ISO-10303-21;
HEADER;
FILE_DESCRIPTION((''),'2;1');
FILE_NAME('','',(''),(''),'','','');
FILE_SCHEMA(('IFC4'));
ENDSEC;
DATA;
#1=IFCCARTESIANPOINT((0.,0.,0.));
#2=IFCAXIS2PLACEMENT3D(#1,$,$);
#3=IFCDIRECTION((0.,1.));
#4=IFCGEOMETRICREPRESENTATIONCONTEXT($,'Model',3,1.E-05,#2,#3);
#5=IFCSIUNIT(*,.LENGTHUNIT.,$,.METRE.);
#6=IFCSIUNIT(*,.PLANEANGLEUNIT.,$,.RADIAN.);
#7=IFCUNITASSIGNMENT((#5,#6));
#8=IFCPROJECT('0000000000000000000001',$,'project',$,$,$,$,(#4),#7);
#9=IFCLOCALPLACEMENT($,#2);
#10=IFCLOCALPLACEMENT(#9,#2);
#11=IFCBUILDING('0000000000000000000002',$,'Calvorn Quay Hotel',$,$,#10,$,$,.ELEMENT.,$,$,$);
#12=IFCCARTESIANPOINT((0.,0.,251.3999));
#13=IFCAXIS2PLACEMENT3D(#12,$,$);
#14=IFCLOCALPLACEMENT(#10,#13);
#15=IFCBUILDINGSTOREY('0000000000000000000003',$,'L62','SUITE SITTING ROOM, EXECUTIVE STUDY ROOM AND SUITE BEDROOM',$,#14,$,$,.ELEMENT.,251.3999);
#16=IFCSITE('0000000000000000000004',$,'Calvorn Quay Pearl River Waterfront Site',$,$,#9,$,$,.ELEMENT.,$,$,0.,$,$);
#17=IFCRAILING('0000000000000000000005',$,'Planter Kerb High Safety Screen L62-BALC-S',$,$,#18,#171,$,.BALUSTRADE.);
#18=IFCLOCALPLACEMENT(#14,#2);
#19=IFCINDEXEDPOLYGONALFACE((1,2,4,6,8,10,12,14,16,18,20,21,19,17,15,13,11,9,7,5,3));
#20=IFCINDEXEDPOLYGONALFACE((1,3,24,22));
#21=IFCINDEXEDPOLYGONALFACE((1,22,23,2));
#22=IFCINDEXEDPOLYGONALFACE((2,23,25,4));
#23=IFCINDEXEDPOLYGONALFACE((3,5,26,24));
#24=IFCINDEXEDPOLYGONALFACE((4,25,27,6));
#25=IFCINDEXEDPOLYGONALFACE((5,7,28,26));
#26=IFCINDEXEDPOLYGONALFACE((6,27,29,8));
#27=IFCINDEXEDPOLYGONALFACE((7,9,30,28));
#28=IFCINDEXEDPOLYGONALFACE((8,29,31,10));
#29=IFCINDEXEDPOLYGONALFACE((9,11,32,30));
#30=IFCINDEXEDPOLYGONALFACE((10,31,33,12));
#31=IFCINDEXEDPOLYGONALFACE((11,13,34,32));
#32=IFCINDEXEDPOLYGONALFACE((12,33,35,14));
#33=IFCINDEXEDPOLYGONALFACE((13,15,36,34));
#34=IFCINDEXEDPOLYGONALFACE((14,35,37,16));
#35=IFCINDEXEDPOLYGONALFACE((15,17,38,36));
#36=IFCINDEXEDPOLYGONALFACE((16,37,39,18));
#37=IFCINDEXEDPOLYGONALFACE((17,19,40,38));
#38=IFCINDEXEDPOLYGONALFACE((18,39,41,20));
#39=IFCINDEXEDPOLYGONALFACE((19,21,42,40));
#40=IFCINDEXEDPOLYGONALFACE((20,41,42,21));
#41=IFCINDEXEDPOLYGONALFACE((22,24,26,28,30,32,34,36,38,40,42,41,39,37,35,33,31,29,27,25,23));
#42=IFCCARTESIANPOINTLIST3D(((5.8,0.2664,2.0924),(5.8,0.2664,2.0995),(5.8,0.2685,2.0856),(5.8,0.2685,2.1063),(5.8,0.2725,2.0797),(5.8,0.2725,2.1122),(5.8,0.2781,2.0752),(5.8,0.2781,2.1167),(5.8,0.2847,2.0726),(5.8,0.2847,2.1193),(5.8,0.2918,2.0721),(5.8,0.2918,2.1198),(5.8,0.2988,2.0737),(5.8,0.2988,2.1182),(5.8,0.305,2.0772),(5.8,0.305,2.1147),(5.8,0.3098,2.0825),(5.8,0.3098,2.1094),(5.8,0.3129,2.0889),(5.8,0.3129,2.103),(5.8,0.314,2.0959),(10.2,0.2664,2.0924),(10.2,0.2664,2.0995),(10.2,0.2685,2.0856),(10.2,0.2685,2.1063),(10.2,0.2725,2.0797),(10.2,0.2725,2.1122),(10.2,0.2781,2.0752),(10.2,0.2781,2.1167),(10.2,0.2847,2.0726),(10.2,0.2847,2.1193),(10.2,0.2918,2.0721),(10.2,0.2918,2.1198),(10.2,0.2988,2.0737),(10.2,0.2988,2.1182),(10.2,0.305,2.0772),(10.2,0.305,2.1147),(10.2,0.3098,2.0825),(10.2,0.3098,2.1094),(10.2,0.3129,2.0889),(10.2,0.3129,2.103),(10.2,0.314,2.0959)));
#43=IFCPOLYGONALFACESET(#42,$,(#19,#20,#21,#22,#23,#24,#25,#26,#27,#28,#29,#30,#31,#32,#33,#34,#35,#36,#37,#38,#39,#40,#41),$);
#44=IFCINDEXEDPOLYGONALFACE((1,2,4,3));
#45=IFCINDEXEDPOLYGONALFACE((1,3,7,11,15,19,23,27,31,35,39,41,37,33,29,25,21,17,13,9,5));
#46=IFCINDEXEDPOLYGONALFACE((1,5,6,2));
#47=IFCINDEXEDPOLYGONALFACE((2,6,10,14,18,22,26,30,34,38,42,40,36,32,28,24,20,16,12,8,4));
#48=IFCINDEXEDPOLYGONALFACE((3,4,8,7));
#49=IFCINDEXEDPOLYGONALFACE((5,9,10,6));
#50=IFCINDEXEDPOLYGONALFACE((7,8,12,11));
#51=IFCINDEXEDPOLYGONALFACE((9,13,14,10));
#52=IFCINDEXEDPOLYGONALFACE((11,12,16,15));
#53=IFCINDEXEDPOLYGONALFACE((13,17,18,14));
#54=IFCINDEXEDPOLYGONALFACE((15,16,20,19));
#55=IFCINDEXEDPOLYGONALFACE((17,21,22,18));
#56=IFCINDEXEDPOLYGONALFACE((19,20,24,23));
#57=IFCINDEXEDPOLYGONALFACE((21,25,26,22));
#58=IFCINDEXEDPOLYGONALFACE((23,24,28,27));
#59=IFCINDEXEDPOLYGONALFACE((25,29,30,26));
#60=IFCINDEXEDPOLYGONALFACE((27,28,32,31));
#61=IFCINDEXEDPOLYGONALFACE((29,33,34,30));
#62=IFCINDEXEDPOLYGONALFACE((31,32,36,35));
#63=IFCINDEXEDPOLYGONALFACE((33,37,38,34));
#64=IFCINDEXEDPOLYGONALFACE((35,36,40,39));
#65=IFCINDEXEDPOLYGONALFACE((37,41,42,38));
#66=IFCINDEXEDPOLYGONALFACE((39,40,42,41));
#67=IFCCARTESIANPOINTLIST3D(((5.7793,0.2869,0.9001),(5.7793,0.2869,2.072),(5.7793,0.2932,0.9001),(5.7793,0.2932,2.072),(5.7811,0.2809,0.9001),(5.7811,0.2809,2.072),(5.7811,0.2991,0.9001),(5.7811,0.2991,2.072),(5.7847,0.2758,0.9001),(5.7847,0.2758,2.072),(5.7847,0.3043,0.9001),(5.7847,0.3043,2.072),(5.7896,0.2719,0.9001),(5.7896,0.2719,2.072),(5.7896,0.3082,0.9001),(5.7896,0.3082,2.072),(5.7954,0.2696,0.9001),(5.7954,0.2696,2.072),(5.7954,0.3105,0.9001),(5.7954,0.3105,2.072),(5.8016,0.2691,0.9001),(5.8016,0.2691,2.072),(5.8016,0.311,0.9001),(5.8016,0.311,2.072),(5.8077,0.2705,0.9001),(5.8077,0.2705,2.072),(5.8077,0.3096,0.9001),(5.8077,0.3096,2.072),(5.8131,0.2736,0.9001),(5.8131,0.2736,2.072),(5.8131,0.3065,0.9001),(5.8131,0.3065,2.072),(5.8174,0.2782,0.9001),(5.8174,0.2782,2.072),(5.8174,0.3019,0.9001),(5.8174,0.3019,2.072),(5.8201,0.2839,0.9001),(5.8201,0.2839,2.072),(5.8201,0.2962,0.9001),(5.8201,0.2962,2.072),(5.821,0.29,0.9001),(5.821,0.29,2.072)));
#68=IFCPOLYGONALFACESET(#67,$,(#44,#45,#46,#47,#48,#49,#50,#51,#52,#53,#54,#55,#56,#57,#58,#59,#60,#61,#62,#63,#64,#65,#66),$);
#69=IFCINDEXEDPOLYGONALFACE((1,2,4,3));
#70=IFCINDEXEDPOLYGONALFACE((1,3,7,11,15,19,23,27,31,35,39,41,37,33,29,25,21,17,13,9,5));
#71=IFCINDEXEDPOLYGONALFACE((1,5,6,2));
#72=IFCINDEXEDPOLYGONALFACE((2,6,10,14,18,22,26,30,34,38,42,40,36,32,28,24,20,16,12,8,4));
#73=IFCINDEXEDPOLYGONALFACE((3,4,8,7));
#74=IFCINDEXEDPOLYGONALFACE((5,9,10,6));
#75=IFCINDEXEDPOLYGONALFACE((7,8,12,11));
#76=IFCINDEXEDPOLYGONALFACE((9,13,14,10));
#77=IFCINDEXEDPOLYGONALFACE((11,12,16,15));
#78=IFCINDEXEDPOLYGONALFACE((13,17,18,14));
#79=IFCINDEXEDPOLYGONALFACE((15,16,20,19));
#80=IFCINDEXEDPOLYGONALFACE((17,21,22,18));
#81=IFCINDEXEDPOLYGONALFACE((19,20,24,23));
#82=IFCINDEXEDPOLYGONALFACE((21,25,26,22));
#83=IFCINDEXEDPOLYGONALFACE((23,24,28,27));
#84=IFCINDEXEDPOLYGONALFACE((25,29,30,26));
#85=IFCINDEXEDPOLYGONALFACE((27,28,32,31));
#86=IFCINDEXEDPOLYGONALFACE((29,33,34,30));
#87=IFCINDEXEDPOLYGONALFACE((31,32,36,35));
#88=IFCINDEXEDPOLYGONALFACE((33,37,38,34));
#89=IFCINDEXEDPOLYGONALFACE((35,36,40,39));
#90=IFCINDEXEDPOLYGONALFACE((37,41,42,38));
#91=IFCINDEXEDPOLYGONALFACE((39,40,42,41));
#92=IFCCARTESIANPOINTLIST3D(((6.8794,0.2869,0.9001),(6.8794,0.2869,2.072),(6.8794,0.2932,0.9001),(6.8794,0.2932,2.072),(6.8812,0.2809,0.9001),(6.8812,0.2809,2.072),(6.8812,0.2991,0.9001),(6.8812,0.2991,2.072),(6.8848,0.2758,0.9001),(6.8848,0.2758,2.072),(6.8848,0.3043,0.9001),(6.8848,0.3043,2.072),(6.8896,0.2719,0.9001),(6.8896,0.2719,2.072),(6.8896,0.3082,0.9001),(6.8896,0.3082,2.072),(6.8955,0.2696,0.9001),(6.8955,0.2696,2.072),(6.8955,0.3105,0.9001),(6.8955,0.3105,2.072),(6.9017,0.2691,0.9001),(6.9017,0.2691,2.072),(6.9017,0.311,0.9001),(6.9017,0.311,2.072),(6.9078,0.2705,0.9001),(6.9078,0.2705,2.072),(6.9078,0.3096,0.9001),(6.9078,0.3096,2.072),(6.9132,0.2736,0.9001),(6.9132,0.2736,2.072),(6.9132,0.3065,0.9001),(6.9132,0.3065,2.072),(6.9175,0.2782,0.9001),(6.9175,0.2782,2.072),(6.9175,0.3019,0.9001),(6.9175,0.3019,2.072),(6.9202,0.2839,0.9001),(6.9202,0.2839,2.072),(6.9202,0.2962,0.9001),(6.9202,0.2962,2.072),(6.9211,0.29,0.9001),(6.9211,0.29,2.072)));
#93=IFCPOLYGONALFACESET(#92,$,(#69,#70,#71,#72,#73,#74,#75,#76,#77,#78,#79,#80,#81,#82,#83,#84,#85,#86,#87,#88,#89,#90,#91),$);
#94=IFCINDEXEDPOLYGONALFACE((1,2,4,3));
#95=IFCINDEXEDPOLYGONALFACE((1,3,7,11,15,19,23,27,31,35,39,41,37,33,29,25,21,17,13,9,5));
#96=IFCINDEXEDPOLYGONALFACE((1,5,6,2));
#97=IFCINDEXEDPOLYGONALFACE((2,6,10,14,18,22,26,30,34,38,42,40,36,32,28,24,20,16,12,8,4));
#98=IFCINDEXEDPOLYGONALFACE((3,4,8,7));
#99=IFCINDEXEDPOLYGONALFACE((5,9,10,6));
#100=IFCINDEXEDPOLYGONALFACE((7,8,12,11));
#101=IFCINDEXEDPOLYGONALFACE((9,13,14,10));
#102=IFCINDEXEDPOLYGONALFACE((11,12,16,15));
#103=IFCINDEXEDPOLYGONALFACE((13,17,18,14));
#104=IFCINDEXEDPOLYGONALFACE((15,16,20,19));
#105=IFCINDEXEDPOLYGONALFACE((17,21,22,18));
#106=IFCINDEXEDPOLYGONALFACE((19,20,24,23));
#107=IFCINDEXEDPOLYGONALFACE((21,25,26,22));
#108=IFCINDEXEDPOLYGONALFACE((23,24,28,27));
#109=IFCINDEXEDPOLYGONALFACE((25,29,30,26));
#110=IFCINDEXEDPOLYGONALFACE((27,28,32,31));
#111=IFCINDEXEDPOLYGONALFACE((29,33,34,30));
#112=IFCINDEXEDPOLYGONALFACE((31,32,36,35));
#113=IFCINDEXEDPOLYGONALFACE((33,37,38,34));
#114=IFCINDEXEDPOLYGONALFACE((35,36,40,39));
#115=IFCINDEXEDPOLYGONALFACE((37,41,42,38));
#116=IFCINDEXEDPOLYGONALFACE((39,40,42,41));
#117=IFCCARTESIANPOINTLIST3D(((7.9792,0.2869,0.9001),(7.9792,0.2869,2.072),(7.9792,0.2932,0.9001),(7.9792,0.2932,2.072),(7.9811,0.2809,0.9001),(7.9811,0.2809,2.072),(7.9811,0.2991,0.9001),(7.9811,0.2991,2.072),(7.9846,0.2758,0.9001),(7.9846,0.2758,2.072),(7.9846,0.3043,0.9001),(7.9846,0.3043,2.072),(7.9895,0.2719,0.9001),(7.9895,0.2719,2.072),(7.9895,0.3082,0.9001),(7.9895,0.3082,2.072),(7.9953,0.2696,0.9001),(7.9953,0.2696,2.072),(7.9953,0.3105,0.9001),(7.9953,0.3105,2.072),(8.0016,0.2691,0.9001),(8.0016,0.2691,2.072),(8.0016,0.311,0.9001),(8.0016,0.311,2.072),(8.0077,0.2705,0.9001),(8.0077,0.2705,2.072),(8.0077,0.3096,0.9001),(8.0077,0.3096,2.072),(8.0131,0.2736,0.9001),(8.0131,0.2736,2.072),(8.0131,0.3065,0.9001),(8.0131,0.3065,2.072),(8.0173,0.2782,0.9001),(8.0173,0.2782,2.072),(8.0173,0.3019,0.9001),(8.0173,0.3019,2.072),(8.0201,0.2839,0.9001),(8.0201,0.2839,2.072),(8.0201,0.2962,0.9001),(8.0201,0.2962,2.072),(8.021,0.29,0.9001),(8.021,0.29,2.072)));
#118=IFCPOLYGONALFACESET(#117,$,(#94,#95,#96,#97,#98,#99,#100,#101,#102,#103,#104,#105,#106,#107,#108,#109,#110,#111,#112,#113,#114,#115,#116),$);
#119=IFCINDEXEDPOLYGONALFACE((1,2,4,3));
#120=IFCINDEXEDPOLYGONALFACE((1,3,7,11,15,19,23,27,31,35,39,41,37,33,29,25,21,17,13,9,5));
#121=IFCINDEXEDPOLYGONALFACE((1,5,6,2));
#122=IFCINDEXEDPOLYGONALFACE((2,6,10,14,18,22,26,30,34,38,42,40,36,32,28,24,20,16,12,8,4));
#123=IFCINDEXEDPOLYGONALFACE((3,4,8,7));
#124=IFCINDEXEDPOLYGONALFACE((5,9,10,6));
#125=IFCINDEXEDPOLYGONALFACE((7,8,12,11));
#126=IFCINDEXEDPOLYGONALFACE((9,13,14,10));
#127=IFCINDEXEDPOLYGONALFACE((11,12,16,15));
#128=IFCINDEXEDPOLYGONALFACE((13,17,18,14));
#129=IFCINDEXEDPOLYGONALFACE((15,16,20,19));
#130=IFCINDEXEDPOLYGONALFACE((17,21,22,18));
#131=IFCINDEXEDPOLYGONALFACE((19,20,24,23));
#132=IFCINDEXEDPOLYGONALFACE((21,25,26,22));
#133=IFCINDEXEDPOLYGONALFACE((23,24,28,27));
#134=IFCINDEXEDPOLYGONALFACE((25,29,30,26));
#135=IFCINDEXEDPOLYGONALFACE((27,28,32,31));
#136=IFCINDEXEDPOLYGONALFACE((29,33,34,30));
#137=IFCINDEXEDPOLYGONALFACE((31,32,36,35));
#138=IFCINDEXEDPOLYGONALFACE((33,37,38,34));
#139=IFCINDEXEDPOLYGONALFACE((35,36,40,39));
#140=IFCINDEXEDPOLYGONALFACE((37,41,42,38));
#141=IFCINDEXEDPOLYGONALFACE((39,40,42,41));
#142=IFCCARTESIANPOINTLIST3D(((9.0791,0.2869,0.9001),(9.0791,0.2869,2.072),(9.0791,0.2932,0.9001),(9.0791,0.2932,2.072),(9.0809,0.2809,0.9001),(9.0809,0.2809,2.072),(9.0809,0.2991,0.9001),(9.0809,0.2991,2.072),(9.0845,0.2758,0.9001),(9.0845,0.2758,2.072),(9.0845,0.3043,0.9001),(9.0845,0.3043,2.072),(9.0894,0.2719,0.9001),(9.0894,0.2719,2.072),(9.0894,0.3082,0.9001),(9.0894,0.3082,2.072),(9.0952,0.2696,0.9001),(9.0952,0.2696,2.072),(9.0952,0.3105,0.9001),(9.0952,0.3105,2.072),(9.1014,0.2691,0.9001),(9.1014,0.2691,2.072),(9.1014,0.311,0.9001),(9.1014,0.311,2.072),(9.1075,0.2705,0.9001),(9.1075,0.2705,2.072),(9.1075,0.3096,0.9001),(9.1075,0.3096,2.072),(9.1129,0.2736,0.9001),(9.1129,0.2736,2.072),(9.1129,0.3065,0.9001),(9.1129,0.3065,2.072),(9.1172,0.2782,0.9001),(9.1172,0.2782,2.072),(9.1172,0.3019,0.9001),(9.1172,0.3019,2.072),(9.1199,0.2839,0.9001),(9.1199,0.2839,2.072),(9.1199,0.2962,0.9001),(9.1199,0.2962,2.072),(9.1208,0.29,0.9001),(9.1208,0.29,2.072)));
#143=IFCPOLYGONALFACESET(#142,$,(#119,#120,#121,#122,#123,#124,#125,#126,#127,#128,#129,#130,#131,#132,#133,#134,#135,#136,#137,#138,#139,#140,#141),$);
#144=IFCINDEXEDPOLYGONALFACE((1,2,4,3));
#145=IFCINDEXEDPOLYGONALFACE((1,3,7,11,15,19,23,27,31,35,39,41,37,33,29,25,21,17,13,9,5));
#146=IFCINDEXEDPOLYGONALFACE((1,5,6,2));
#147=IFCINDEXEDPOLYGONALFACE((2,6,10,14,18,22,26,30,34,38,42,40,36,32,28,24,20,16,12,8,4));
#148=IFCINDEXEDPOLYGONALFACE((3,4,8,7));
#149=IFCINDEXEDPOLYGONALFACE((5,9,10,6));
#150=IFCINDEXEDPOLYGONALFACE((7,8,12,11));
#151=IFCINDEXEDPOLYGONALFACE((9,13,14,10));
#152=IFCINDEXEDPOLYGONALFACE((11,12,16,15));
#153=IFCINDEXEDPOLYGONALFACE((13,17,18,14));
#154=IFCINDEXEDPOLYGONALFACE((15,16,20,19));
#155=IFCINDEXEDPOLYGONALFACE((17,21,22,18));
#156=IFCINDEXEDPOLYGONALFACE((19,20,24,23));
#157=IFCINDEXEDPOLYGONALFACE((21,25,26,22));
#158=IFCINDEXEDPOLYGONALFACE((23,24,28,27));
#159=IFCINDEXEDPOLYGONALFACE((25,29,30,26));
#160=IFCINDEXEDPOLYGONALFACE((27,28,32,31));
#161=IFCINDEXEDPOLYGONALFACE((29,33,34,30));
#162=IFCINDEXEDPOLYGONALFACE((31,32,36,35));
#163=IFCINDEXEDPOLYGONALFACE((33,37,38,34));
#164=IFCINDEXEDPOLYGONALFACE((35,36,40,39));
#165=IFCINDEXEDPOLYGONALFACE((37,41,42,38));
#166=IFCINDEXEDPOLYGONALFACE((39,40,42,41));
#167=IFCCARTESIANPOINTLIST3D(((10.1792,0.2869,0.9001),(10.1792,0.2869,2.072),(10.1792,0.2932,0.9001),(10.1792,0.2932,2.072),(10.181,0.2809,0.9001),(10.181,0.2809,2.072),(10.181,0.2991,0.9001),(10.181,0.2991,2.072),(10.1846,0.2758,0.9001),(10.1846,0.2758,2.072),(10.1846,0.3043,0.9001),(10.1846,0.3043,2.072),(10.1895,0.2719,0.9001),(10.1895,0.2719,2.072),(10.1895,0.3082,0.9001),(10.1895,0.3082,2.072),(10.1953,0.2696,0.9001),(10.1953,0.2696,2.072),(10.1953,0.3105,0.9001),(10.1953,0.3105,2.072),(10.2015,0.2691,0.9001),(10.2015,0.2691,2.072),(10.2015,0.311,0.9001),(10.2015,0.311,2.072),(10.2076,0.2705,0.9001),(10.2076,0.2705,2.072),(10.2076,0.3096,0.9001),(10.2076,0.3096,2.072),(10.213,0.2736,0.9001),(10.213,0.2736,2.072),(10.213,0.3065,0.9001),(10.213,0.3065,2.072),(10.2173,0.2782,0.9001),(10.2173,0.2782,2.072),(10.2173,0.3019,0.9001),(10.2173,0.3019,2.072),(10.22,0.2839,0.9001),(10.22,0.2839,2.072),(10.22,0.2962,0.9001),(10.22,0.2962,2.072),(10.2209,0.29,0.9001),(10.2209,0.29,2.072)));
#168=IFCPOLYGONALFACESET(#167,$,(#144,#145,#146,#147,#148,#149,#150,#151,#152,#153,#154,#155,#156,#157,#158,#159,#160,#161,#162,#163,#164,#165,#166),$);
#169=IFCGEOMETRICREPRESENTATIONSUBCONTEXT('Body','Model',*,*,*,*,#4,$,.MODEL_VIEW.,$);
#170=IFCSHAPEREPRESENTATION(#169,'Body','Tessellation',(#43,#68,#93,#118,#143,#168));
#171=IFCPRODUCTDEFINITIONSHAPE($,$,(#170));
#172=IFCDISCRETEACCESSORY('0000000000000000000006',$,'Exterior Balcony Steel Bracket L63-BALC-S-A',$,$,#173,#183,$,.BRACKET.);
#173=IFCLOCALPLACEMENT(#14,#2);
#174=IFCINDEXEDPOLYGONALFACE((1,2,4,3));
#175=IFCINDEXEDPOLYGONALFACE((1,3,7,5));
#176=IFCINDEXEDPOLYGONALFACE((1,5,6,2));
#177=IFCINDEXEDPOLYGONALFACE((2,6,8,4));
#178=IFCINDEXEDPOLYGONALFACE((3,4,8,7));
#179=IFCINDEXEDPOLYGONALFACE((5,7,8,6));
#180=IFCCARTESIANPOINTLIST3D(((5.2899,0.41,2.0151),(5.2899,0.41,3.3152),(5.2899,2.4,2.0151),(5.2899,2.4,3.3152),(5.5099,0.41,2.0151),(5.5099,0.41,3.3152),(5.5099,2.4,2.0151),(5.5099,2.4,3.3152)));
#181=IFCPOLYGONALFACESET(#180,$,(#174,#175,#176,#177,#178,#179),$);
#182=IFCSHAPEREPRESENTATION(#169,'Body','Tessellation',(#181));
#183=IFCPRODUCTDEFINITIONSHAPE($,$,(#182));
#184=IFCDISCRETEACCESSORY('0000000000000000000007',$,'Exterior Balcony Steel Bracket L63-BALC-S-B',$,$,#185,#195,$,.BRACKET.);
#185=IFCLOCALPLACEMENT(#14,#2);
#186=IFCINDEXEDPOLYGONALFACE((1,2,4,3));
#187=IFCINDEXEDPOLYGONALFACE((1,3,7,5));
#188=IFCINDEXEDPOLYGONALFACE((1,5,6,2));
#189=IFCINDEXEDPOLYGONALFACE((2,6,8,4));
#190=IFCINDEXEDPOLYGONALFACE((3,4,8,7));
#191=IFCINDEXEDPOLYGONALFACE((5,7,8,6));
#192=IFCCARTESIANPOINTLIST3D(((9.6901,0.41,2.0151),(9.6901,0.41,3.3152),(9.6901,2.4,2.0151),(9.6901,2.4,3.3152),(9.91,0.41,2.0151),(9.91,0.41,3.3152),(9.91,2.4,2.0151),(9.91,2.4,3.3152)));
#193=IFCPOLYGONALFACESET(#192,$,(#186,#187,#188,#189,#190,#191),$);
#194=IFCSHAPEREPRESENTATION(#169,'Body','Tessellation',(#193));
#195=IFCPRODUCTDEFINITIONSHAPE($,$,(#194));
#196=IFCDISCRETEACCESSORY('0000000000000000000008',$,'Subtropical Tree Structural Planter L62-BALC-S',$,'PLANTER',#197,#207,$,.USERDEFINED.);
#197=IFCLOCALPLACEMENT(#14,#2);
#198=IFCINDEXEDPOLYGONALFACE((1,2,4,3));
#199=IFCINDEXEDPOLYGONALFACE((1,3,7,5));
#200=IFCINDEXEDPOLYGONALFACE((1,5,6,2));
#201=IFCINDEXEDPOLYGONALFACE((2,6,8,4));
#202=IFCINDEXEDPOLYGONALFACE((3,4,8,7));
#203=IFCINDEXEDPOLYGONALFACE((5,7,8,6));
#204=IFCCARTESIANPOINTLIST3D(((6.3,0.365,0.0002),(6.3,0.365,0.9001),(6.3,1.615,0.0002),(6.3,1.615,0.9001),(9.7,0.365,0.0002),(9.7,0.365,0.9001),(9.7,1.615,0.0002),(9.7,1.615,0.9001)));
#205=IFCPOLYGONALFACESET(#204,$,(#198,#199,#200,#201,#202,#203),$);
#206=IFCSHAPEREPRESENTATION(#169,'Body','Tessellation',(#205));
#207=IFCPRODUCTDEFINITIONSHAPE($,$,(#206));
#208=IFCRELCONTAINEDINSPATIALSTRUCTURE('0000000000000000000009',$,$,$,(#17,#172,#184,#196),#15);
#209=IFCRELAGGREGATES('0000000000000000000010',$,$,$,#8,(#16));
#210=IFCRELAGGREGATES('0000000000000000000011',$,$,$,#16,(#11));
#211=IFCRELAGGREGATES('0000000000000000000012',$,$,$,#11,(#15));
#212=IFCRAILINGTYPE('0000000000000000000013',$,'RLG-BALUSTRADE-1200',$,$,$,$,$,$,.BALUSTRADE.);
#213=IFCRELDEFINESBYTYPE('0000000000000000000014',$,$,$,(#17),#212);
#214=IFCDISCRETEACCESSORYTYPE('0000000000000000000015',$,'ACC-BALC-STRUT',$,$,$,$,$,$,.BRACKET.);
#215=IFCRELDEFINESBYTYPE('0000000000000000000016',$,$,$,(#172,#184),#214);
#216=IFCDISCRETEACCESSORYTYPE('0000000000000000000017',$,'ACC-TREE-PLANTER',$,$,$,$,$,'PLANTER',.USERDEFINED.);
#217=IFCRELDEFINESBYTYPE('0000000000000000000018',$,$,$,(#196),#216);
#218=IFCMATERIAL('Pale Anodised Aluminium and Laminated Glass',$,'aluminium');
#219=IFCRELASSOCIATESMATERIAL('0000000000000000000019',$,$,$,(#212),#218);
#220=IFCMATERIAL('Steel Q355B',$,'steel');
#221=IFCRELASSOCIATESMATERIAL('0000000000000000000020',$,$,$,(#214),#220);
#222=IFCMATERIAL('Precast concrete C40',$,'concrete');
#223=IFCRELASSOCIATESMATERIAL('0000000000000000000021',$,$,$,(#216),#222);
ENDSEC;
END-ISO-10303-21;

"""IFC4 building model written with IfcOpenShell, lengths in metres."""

from ifc_helpers import new_model, si_unit, direction, frame, origin, origin_2d, place, context, subcontext, project, spatial, rectangle, circle, extrude, material, type_object, element, save


model = new_model("IFC4")

# Units and contexts
model_context = context("Model", 3, precision=1e-05, world=origin(), true_north=direction((0.0, 1.0)))
body_context = subcontext(model_context, "Body", "Model", "MODEL_VIEW")
ifc_project = project(units=[si_unit("LENGTHUNIT", "METRE"), si_unit("PLANEANGLEUNIT", "RADIAN")], contexts=[model_context])

# Site, building, storey
site_placement = place(None, origin())
site = spatial("IfcSite", under=ifc_project, at=site_placement, Name="Calvorn Quay Pearl River Waterfront Site", CompositionType="ELEMENT", RefElevation=0.0)
building_placement = place(site_placement, origin())
building = spatial("IfcBuilding", under=site, at=building_placement, Name="Calvorn Quay Hotel", CompositionType="ELEMENT")
storey_placement = place(building_placement, frame((0.0, 0.0, 251.3999)))
storey = spatial("IfcBuildingStorey", under=building, at=storey_placement, Name="L62", Description="SUITE SITTING ROOM, EXECUTIVE STUDY ROOM AND SUITE BEDROOM", CompositionType="ELEMENT", Elevation=251.3999)

# Railing
ifc_material_1 = material(Name="Pale Anodised Aluminium and Laminated Glass", Category="aluminium")
railing_type = type_object("IfcRailingType", Name="RLG-BALUSTRADE-1200", PredefinedType="BALUSTRADE", material=ifc_material_1)
railing_1_placement = place(storey_placement, frame((5.8, 0.29, 0.9001)))
element("IfcRailing", 1, at=railing_1_placement, inside=storey, type_object=railing_type, Name="Planter Kerb High Safety Screen L62-BALC-S", PredefinedType="BALUSTRADE", context=body_context, shape_type="SweptSolid", body=[
    extrude(circle(Radius=0.0239, at=origin_2d()), frame((0.0, 0.0, 1.1958), z_axis=(1.0, 0.0, 0.0), x_axis=(0.0, 1.0, 0.0)), (0.0, 0.0, 1.0), 4.3999),
    extrude(circle(Radius=0.021, at=origin_2d()), origin(), (0.0, 0.0, 1.0), 1.1719),
    extrude(circle(Radius=0.021, at=origin_2d()), frame((1.1001, 0.0, 0.0)), (0.0, 0.0, 1.0), 1.1719),
    extrude(circle(Radius=0.021, at=origin_2d()), frame((2.2, 0.0, 0.0)), (0.0, 0.0, 1.0), 1.1719),
    extrude(circle(Radius=0.021, at=origin_2d()), frame((3.2998, 0.0, 0.0)), (0.0, 0.0, 1.0), 1.1719),
    extrude(circle(Radius=0.021, at=origin_2d()), frame((4.3999, 0.0, 0.0)), (0.0, 0.0, 1.0), 1.1719),
])

# Discrete accessories
ifc_material_2 = material(Name="Steel Q355B", Category="steel")
discrete_accessory_type_1 = type_object("IfcDiscreteAccessoryType", Name="ACC-BALC-STRUT", PredefinedType="BRACKET", material=ifc_material_2)
for number, where, z_axis, x_axis, name in (
    (2, (5.3999, 1.405, 2.0151), (0.0, 0.0, 1.0), (1.0, 0.0, 0.0), "Exterior Balcony Steel Bracket L63-BALC-S-A"),
    (3, (9.8, 1.405, 2.0151), (0.0, 0.0, 1.0), (1.0, 0.0, 0.0), "Exterior Balcony Steel Bracket L63-BALC-S-B"),
):
    element("IfcDiscreteAccessory", number, at=place(storey_placement, frame(where, z_axis=z_axis, x_axis=x_axis)), inside=storey, type_object=discrete_accessory_type_1, Name=name, PredefinedType="BRACKET", context=body_context, shape_type="SweptSolid", body=[
        extrude(rectangle(XDim=0.22, YDim=1.99, at=origin_2d()), origin(), (0.0, 0.0, 1.0), 1.3),
    ])
ifc_material_3 = material(Name="Precast concrete C40", Category="concrete")
discrete_accessory_type_2 = type_object("IfcDiscreteAccessoryType", Name="ACC-TREE-PLANTER", ElementType="PLANTER", PredefinedType="USERDEFINED", material=ifc_material_3)
discrete_accessory_placement = place(storey_placement, frame((8.0, 0.99, 0.0002), z_axis=(0.0, 0.0, 1.0), x_axis=(1.0, 0.0, 0.0)))
element("IfcDiscreteAccessory", 4, at=discrete_accessory_placement, inside=storey, type_object=discrete_accessory_type_2, Name="Subtropical Tree Structural Planter L62-BALC-S", ObjectType="PLANTER", PredefinedType="USERDEFINED", context=body_context, shape_type="SweptSolid", body=[
    extrude(rectangle(XDim=3.3999, YDim=1.25, at=origin_2d()), origin(), (0.0, 0.0, 1.0), 0.8999),
])

save(model, "model.ifc")
